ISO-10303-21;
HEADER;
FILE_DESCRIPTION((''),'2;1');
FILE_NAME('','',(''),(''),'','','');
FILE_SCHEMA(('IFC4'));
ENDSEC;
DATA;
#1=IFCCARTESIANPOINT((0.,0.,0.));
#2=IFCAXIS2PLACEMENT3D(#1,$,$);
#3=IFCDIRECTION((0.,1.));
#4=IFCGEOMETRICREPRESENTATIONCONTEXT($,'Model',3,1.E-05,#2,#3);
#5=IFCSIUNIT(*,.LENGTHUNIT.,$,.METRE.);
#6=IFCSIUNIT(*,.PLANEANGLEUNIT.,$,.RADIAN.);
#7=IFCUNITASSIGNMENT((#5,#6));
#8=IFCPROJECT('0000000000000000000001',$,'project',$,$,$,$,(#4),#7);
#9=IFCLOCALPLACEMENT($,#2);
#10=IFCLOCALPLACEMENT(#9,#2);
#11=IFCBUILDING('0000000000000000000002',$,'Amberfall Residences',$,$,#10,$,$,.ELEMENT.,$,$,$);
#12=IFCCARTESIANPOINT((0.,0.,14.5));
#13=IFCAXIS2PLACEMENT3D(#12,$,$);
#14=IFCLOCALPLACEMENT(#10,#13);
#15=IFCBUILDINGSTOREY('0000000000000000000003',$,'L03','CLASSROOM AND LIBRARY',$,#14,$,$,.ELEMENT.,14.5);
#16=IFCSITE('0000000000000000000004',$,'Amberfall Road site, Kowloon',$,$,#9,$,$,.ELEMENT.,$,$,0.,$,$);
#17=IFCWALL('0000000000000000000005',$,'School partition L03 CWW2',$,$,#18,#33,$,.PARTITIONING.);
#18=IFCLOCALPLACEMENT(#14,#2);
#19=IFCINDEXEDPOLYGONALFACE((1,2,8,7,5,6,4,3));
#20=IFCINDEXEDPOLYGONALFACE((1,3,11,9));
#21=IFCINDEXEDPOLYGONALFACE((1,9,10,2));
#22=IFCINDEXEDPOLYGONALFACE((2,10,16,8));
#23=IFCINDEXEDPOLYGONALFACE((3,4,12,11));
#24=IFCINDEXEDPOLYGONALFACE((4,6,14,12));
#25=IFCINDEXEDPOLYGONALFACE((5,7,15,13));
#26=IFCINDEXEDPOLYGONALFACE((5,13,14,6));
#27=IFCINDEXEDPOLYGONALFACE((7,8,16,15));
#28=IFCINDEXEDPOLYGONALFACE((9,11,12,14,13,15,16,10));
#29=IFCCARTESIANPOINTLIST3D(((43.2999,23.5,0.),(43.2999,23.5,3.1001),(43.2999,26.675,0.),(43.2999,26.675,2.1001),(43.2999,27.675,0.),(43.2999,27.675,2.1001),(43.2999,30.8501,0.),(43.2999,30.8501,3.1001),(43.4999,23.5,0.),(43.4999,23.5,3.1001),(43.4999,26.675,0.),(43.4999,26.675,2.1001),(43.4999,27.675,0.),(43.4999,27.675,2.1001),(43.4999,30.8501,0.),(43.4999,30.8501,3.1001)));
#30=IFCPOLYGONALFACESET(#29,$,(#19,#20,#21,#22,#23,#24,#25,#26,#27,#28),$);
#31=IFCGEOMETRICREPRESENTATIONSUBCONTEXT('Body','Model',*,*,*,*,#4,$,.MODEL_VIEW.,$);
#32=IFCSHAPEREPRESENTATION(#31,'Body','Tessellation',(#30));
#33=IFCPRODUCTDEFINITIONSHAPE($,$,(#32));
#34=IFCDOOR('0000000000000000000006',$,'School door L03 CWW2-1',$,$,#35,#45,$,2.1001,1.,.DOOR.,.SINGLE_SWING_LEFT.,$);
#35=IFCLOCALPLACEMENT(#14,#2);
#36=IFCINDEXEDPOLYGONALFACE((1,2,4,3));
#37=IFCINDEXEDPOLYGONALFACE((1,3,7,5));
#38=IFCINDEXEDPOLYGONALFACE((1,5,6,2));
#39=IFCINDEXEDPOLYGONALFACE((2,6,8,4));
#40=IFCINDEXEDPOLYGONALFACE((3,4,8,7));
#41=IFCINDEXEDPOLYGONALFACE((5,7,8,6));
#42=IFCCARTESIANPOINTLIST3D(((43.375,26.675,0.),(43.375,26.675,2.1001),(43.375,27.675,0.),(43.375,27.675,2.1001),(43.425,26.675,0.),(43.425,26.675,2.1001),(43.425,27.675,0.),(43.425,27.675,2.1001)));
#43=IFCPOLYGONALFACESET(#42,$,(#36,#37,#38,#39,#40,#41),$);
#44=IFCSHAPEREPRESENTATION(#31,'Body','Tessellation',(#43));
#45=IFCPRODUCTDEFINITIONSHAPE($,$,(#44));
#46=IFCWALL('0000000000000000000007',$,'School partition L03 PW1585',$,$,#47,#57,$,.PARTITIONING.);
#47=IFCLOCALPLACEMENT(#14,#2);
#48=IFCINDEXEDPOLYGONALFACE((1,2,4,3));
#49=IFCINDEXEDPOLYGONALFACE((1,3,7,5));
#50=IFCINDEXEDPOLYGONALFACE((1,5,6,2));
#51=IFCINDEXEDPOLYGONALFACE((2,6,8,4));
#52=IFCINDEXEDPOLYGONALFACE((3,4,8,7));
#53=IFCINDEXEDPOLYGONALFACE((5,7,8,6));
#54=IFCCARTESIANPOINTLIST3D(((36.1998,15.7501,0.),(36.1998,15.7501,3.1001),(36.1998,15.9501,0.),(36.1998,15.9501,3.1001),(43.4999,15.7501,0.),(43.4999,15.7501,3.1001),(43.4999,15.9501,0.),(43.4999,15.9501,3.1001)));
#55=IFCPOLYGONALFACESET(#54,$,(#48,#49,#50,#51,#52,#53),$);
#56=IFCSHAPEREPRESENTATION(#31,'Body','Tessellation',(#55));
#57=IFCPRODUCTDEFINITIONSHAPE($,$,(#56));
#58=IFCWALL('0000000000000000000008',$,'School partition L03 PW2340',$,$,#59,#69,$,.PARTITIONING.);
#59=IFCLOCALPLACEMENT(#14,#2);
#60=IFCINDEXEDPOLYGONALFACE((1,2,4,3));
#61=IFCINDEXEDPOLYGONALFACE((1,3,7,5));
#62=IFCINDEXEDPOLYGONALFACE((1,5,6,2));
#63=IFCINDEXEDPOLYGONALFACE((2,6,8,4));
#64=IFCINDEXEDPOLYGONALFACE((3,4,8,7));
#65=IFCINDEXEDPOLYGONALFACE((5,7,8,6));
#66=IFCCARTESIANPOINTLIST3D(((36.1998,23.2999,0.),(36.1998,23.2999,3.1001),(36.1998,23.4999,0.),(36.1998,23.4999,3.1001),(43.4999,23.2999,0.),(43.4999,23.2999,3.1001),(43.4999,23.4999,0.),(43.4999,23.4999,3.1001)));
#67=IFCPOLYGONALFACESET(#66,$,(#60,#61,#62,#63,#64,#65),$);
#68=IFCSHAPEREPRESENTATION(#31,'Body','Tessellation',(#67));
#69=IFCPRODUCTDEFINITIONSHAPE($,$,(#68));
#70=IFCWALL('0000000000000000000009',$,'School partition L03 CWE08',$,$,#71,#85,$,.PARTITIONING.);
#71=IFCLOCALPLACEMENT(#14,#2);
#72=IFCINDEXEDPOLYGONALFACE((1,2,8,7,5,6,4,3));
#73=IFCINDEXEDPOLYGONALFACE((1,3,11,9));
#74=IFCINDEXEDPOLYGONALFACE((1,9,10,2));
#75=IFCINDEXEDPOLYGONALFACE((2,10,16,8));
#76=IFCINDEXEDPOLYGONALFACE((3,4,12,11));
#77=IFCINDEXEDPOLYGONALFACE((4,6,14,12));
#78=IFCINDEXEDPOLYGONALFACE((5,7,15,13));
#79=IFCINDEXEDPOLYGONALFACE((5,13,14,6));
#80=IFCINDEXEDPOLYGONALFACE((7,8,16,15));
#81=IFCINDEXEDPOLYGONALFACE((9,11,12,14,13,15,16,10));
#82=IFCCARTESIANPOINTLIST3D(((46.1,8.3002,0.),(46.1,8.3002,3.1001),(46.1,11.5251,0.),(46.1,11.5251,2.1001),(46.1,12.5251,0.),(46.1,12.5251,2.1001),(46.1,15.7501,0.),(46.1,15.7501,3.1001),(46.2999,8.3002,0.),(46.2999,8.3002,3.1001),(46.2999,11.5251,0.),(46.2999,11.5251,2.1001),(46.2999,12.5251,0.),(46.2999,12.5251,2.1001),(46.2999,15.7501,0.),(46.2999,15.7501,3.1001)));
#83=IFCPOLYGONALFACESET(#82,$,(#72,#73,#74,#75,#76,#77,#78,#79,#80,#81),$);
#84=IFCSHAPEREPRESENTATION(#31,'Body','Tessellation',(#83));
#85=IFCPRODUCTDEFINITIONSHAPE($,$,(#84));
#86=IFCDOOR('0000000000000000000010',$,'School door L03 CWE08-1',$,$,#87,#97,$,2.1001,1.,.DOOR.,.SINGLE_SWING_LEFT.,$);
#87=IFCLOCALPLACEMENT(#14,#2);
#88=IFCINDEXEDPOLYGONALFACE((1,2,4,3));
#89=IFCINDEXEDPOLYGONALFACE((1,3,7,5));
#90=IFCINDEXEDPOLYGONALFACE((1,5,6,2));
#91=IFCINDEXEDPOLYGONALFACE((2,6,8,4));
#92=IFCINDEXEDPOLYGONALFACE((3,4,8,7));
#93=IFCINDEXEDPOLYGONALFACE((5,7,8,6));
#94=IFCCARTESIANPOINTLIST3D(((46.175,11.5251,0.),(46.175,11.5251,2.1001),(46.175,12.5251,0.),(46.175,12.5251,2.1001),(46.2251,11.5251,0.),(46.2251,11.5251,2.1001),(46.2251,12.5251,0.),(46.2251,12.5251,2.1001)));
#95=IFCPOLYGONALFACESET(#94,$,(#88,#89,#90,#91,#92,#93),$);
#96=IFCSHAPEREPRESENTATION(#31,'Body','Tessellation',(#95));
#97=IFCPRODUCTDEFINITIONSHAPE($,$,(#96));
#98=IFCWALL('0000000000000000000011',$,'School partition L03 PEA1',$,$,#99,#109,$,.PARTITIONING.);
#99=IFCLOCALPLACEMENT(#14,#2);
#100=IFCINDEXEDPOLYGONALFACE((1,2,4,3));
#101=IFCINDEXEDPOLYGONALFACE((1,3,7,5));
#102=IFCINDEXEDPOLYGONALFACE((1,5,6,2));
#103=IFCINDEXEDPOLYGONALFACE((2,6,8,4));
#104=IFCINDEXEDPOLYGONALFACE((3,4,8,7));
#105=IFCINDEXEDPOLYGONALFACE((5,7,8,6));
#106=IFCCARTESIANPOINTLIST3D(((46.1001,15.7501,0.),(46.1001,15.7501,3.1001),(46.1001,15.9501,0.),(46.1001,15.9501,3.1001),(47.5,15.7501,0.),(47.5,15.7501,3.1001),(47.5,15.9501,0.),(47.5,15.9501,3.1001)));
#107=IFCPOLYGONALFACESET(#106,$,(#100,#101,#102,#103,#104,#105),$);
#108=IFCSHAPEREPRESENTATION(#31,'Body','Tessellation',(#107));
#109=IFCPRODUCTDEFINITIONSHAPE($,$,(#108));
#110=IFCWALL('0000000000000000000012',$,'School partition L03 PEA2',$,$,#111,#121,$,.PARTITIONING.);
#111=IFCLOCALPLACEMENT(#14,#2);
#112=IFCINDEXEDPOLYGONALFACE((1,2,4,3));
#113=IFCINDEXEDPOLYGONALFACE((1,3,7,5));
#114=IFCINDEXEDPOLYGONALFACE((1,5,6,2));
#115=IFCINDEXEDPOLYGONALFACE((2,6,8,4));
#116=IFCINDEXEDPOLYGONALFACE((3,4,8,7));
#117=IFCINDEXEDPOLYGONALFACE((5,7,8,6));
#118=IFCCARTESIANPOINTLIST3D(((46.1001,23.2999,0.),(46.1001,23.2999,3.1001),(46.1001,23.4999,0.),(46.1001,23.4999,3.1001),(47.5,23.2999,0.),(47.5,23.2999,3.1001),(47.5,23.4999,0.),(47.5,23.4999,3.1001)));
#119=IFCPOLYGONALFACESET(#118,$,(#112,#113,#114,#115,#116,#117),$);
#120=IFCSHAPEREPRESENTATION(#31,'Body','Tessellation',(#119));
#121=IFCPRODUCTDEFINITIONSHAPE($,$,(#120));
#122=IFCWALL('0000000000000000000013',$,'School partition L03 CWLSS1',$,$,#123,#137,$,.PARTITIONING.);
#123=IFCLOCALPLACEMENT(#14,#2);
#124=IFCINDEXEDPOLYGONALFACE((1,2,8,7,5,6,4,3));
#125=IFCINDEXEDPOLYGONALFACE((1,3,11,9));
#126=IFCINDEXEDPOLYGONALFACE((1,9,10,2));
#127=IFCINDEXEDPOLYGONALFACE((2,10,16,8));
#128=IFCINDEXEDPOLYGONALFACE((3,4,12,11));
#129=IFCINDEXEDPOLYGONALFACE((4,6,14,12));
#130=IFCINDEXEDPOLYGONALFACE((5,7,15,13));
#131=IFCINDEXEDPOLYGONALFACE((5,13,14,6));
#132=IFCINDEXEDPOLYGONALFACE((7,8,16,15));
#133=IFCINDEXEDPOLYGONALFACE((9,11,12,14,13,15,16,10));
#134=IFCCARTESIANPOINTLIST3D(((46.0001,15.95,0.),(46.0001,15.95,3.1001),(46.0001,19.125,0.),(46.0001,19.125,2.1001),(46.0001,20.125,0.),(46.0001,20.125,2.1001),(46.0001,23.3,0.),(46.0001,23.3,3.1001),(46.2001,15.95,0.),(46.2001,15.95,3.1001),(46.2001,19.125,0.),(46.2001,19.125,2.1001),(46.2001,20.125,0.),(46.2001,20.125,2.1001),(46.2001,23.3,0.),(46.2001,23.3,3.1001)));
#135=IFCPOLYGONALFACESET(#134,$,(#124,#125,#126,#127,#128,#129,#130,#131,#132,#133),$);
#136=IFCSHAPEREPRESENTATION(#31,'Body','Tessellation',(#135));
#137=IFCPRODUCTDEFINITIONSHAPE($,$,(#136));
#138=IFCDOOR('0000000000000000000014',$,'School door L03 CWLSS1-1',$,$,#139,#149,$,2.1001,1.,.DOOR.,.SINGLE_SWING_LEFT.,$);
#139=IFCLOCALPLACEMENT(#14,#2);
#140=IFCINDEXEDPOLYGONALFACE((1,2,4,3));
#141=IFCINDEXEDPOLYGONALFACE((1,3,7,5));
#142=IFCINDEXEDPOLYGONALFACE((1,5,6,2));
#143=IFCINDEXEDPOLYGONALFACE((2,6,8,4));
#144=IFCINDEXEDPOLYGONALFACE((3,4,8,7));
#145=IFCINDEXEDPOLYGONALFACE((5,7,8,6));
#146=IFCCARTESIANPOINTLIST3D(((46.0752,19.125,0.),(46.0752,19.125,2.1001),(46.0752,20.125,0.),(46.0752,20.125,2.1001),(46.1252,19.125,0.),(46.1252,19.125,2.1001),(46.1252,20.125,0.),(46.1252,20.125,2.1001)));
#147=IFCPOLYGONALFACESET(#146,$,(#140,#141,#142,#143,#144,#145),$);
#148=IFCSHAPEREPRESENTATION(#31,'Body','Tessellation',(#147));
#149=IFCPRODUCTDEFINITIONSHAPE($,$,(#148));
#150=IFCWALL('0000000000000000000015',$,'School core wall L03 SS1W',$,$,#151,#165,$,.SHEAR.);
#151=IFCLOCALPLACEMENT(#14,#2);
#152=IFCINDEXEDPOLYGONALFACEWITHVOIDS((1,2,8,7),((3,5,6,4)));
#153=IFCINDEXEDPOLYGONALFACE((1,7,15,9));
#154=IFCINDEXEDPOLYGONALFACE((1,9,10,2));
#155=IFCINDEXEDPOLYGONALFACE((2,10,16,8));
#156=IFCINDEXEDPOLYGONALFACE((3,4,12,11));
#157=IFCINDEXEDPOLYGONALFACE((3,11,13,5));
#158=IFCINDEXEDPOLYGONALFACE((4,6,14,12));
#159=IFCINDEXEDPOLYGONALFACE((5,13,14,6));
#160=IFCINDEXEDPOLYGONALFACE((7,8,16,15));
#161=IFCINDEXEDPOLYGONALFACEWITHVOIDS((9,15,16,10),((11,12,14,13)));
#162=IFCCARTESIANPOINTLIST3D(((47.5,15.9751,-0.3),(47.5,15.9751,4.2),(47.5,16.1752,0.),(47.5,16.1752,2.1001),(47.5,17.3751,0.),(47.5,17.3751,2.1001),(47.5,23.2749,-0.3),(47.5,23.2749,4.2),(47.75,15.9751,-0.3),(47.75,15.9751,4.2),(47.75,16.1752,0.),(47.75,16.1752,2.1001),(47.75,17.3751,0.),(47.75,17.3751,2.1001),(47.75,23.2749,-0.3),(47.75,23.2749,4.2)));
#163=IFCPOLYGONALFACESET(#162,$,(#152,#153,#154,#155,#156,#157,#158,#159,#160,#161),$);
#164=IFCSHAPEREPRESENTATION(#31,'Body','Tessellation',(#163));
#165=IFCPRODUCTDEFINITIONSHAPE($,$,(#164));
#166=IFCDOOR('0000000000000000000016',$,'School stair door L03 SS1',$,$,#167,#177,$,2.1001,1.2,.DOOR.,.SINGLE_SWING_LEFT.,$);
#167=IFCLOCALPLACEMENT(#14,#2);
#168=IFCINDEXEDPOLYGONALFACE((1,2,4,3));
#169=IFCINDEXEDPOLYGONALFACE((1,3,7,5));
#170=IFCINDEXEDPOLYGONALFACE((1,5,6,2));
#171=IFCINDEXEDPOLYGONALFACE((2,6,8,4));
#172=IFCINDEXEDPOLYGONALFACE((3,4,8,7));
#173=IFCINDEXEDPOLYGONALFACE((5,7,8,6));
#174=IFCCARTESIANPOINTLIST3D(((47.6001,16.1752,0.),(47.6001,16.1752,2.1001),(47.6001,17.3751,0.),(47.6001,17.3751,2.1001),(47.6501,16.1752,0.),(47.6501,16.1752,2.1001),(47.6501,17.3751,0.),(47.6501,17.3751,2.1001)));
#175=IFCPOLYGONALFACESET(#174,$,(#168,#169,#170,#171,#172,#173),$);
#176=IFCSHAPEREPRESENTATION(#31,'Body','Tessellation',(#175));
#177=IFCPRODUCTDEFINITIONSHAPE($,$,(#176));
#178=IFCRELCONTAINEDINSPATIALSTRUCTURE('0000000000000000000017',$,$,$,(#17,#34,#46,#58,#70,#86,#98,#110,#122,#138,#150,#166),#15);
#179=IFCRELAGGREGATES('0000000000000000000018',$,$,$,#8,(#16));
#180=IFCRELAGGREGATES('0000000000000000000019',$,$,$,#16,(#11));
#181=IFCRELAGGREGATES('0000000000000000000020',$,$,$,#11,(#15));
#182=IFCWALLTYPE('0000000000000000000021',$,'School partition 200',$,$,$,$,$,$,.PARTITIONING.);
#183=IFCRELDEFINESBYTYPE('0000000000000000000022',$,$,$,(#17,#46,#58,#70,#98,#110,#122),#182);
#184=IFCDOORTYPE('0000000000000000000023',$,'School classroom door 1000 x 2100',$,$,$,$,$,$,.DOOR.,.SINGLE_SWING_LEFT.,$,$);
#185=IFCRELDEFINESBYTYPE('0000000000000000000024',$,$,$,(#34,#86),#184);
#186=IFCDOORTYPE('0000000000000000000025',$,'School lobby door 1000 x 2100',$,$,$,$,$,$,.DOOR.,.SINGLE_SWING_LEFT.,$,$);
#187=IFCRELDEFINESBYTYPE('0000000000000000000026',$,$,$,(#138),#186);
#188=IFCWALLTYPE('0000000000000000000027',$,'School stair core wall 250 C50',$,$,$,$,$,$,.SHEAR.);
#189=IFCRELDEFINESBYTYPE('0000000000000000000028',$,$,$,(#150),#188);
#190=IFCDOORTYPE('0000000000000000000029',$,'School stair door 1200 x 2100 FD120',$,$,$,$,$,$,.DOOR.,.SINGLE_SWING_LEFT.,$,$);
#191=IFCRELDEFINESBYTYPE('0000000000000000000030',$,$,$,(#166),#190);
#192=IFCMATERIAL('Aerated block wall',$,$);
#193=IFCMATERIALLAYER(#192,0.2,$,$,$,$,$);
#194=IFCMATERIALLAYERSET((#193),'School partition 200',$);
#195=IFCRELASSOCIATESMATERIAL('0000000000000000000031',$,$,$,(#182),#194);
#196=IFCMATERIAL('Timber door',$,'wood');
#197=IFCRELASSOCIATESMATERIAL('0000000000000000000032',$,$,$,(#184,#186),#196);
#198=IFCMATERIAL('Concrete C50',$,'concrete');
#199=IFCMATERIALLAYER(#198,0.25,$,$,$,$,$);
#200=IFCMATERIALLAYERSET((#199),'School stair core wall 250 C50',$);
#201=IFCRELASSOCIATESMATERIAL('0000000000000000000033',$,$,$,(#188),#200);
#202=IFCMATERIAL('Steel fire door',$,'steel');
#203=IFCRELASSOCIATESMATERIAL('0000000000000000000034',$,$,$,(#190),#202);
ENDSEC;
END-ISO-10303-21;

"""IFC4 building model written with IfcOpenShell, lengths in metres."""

from ifc_helpers import new_model, si_unit, direction, frame, frame_2d, origin, place, context, subcontext, project, spatial, rectangle, extrude, material, layer, layer_set, type_object, element, fill, save


model = new_model("IFC4")

# Units and contexts
model_context = context("Model", 3, precision=1e-05, world=origin(), true_north=direction((0.0, 1.0)))
body_context = subcontext(model_context, "Body", "Model", "MODEL_VIEW")
ifc_project = project(units=[si_unit("LENGTHUNIT", "METRE"), si_unit("PLANEANGLEUNIT", "RADIAN")], contexts=[model_context])

# Site, building, storey
site_placement = place(None, origin())
site = spatial("IfcSite", under=ifc_project, at=site_placement, Name="Amberfall Road site, Kowloon", CompositionType="ELEMENT", RefElevation=0.0)
building_placement = place(site_placement, origin())
building = spatial("IfcBuilding", under=site, at=building_placement, Name="Amberfall Residences", CompositionType="ELEMENT")
storey_placement = place(building_placement, frame((0.0, 0.0, 14.5)))
storey = spatial("IfcBuildingStorey", under=building, at=storey_placement, Name="L03", Description="CLASSROOM AND LIBRARY", CompositionType="ELEMENT", Elevation=14.5)

# Shared definitions
ifc_material_1 = material(Name="Aerated block wall")

# Wall, opening, door
ifc_layer_1 = layer(ifc_material_1, 0.2)
ifc_layer_set_1 = layer_set([ifc_layer_1], Name="School partition 200")
wall_type_1 = type_object("IfcWallType", Name="School partition 200", PredefinedType="PARTITIONING", material=ifc_layer_set_1)
ifc_material_2 = material(Name="Timber door", Category="wood")
door_type_1 = type_object("IfcDoorType", Name="School classroom door 1000 x 2100", OperationType="SINGLE_SWING_LEFT", PredefinedType="DOOR", material=ifc_material_2)
wall_1_placement = place(storey_placement, frame((43.3999, 23.5, 0.0), z_axis=(0.0, 0.0, 1.0), x_axis=(0.0, 1.0, 0.0)))
wall_1 = element("IfcWall", 1, at=wall_1_placement, inside=storey, type_object=wall_type_1, Name="School partition L03 CWW2", PredefinedType="PARTITIONING", context=body_context, shape_type="SweptSolid", body=[
    extrude(rectangle(XDim=7.3501, YDim=0.2, at=frame_2d((3.675, 0.0))), origin(), (0.0, 0.0, 1.0), 3.1001),
])
opening_1_placement = place(wall_1_placement, frame((3.175, 0.0, 0.0)))
opening_1 = element("IfcOpeningElement", 2, at=opening_1_placement, cuts=wall_1, PredefinedType="OPENING", context=body_context, shape_type="SweptSolid", body=[
    extrude(rectangle(XDim=1.0, YDim=2.1001, at=frame_2d((0.5, 1.05))), frame((0.0, 0.1099, 0.0), z_axis=(0.0, -1.0, 0.0), x_axis=(1.0, 0.0, 0.0)), (0.0, 0.0, 1.0), 0.22),
])
door_1_placement = place(opening_1_placement, origin())
door_1 = element("IfcDoor", 3, at=door_1_placement, inside=storey, type_object=door_type_1, Name="School door L03 CWW2-1", OperationType="SINGLE_SWING_LEFT", OverallHeight=2.1001, OverallWidth=1.0, PredefinedType="DOOR", context=body_context, shape_type="SweptSolid", body=[
    extrude(rectangle(XDim=1.0, YDim=2.1001, at=frame_2d((0.5, 1.05))), frame((0.0, 0.0249, 0.0), z_axis=(0.0, -1.0, 0.0), x_axis=(1.0, 0.0, 0.0)), (0.0, 0.0, 1.0), 0.05),
])
fill(opening_1, door_1)

# Walls
for number, where, z_axis, x_axis, name in (
    (4, (36.2, 15.8501, 0.0), (0.0, 0.0, 1.0), (1.0, 0.0, 0.0), "School partition L03 PW1585"),
    (5, (36.2, 23.3999, 0.0), (0.0, 0.0, 1.0), (1.0, 0.0, 0.0), "School partition L03 PW2340"),
):
    element("IfcWall", number, at=place(storey_placement, frame(where, z_axis=z_axis, x_axis=x_axis)), inside=storey, type_object=wall_type_1, Name=name, PredefinedType="PARTITIONING", context=body_context, shape_type="SweptSolid", body=[
        extrude(rectangle(XDim=7.3, YDim=0.2, at=frame_2d((3.6499, 0.0))), origin(), (0.0, 0.0, 1.0), 3.1001),
    ])

# Wall, opening, door
wall_2_placement = place(storey_placement, frame((46.2, 8.3, 0.0), z_axis=(0.0, 0.0, 1.0), x_axis=(0.0, 1.0, 0.0)))
wall_2 = element("IfcWall", 6, at=wall_2_placement, inside=storey, type_object=wall_type_1, Name="School partition L03 CWE08", PredefinedType="PARTITIONING", context=body_context, shape_type="SweptSolid", body=[
    extrude(rectangle(XDim=7.45, YDim=0.2, at=frame_2d((3.7251, 0.0))), origin(), (0.0, 0.0, 1.0), 3.1001),
])
opening_2_placement = place(wall_2_placement, frame((3.2251, 0.0, 0.0)))
opening_2 = element("IfcOpeningElement", 7, at=opening_2_placement, cuts=wall_2, PredefinedType="OPENING", context=body_context, shape_type="SweptSolid", body=[
    extrude(rectangle(XDim=1.0, YDim=2.1001, at=frame_2d((0.5, 1.05))), frame((0.0, 0.1099, 0.0), z_axis=(0.0, -1.0, 0.0), x_axis=(1.0, 0.0, 0.0)), (0.0, 0.0, 1.0), 0.22),
])
door_2_placement = place(opening_2_placement, origin())
door_2 = element("IfcDoor", 8, at=door_2_placement, inside=storey, type_object=door_type_1, Name="School door L03 CWE08-1", OperationType="SINGLE_SWING_LEFT", OverallHeight=2.1001, OverallWidth=1.0, PredefinedType="DOOR", context=body_context, shape_type="SweptSolid", body=[
    extrude(rectangle(XDim=1.0, YDim=2.1001, at=frame_2d((0.5, 1.05))), frame((0.0, 0.0249, 0.0), z_axis=(0.0, -1.0, 0.0), x_axis=(1.0, 0.0, 0.0)), (0.0, 0.0, 1.0), 0.05),
])
fill(opening_2, door_2)

# Walls
for number, where, z_axis, x_axis, name in (
    (9, (46.1001, 15.8501, 0.0), (0.0, 0.0, 1.0), (1.0, 0.0, 0.0), "School partition L03 PEA1"),
    (10, (46.1001, 23.3999, 0.0), (0.0, 0.0, 1.0), (1.0, 0.0, 0.0), "School partition L03 PEA2"),
):
    element("IfcWall", number, at=place(storey_placement, frame(where, z_axis=z_axis, x_axis=x_axis)), inside=storey, type_object=wall_type_1, Name=name, PredefinedType="PARTITIONING", context=body_context, shape_type="SweptSolid", body=[
        extrude(rectangle(XDim=1.3999, YDim=0.2, at=frame_2d((0.7, 0.0))), origin(), (0.0, 0.0, 1.0), 3.1001),
    ])

# Walls, openings, doors
wall_3_placement = place(storey_placement, frame((46.1001, 15.95, 0.0), z_axis=(0.0, 0.0, 1.0), x_axis=(0.0, 1.0, 0.0)))
wall_3 = element("IfcWall", 11, at=wall_3_placement, inside=storey, type_object=wall_type_1, Name="School partition L03 CWLSS1", PredefinedType="PARTITIONING", context=body_context, shape_type="SweptSolid", body=[
    extrude(rectangle(XDim=7.3501, YDim=0.2, at=frame_2d((3.675, 0.0))), origin(), (0.0, 0.0, 1.0), 3.1001),
])
opening_3_placement = place(wall_3_placement, frame((3.175, 0.0, 0.0)))
opening_3 = element("IfcOpeningElement", 12, at=opening_3_placement, cuts=wall_3, PredefinedType="OPENING", context=body_context, shape_type="SweptSolid", body=[
    extrude(rectangle(XDim=1.0, YDim=2.1001, at=frame_2d((0.5, 1.05))), frame((0.0, 0.1099, 0.0), z_axis=(0.0, -1.0, 0.0), x_axis=(1.0, 0.0, 0.0)), (0.0, 0.0, 1.0), 0.22),
])
door_type_2 = type_object("IfcDoorType", Name="School lobby door 1000 x 2100", OperationType="SINGLE_SWING_LEFT", PredefinedType="DOOR", material=ifc_material_2)
door_3_placement = place(opening_3_placement, origin())
door_3 = element("IfcDoor", 13, at=door_3_placement, inside=storey, type_object=door_type_2, Name="School door L03 CWLSS1-1", OperationType="SINGLE_SWING_LEFT", OverallHeight=2.1001, OverallWidth=1.0, PredefinedType="DOOR", context=body_context, shape_type="SweptSolid", body=[
    extrude(rectangle(XDim=1.0, YDim=2.1001, at=frame_2d((0.5, 1.05))), frame((0.0, 0.0249, 0.0), z_axis=(0.0, -1.0, 0.0), x_axis=(1.0, 0.0, 0.0)), (0.0, 0.0, 1.0), 0.05),
])
fill(opening_3, door_3)
ifc_material_3 = material(Name="Concrete C50", Category="concrete")
ifc_layer_2 = layer(ifc_material_3, 0.25)
ifc_layer_set_2 = layer_set([ifc_layer_2], Name="School stair core wall 250 C50")
wall_type_2 = type_object("IfcWallType", Name="School stair core wall 250 C50", PredefinedType="SHEAR", material=ifc_layer_set_2)
wall_4_placement = place(storey_placement, frame((47.625, 15.9751, -0.3), z_axis=(0.0, 0.0, 1.0), x_axis=(0.0, 1.0, 0.0)))
wall_4 = element("IfcWall", 14, at=wall_4_placement, inside=storey, type_object=wall_type_2, Name="School core wall L03 SS1W", PredefinedType="SHEAR", context=body_context, shape_type="SweptSolid", body=[
    extrude(rectangle(XDim=7.2998, YDim=0.25, at=frame_2d((3.6499, 0.0))), origin(), (0.0, 0.0, 1.0), 4.5),
])
opening_4_placement = place(wall_4_placement, frame((0.2, 0.0, 0.3)))
opening_4 = element("IfcOpeningElement", 15, at=opening_4_placement, cuts=wall_4, PredefinedType="OPENING", context=body_context, shape_type="SweptSolid", body=[
    extrude(rectangle(XDim=1.2, YDim=2.1001, at=frame_2d((0.6001, 1.05))), frame((0.0, 0.135, 0.0), z_axis=(0.0, -1.0, 0.0), x_axis=(1.0, 0.0, 0.0)), (0.0, 0.0, 1.0), 0.27),
])
ifc_material_4 = material(Name="Steel fire door", Category="steel")
door_type_3 = type_object("IfcDoorType", Name="School stair door 1200 x 2100 FD120", OperationType="SINGLE_SWING_LEFT", PredefinedType="DOOR", material=ifc_material_4)
door_4_placement = place(opening_4_placement, origin())
door_4 = element("IfcDoor", 16, at=door_4_placement, inside=storey, type_object=door_type_3, Name="School stair door L03 SS1", OperationType="SINGLE_SWING_LEFT", OverallHeight=2.1001, OverallWidth=1.2, PredefinedType="DOOR", context=body_context, shape_type="SweptSolid", body=[
    extrude(rectangle(XDim=1.2, YDim=2.1001, at=frame_2d((0.6001, 1.05))), frame((0.0, 0.0249, 0.0), z_axis=(0.0, -1.0, 0.0), x_axis=(1.0, 0.0, 0.0)), (0.0, 0.0, 1.0), 0.05),
])
fill(opening_4, door_4)

save(model, "model.ifc")
